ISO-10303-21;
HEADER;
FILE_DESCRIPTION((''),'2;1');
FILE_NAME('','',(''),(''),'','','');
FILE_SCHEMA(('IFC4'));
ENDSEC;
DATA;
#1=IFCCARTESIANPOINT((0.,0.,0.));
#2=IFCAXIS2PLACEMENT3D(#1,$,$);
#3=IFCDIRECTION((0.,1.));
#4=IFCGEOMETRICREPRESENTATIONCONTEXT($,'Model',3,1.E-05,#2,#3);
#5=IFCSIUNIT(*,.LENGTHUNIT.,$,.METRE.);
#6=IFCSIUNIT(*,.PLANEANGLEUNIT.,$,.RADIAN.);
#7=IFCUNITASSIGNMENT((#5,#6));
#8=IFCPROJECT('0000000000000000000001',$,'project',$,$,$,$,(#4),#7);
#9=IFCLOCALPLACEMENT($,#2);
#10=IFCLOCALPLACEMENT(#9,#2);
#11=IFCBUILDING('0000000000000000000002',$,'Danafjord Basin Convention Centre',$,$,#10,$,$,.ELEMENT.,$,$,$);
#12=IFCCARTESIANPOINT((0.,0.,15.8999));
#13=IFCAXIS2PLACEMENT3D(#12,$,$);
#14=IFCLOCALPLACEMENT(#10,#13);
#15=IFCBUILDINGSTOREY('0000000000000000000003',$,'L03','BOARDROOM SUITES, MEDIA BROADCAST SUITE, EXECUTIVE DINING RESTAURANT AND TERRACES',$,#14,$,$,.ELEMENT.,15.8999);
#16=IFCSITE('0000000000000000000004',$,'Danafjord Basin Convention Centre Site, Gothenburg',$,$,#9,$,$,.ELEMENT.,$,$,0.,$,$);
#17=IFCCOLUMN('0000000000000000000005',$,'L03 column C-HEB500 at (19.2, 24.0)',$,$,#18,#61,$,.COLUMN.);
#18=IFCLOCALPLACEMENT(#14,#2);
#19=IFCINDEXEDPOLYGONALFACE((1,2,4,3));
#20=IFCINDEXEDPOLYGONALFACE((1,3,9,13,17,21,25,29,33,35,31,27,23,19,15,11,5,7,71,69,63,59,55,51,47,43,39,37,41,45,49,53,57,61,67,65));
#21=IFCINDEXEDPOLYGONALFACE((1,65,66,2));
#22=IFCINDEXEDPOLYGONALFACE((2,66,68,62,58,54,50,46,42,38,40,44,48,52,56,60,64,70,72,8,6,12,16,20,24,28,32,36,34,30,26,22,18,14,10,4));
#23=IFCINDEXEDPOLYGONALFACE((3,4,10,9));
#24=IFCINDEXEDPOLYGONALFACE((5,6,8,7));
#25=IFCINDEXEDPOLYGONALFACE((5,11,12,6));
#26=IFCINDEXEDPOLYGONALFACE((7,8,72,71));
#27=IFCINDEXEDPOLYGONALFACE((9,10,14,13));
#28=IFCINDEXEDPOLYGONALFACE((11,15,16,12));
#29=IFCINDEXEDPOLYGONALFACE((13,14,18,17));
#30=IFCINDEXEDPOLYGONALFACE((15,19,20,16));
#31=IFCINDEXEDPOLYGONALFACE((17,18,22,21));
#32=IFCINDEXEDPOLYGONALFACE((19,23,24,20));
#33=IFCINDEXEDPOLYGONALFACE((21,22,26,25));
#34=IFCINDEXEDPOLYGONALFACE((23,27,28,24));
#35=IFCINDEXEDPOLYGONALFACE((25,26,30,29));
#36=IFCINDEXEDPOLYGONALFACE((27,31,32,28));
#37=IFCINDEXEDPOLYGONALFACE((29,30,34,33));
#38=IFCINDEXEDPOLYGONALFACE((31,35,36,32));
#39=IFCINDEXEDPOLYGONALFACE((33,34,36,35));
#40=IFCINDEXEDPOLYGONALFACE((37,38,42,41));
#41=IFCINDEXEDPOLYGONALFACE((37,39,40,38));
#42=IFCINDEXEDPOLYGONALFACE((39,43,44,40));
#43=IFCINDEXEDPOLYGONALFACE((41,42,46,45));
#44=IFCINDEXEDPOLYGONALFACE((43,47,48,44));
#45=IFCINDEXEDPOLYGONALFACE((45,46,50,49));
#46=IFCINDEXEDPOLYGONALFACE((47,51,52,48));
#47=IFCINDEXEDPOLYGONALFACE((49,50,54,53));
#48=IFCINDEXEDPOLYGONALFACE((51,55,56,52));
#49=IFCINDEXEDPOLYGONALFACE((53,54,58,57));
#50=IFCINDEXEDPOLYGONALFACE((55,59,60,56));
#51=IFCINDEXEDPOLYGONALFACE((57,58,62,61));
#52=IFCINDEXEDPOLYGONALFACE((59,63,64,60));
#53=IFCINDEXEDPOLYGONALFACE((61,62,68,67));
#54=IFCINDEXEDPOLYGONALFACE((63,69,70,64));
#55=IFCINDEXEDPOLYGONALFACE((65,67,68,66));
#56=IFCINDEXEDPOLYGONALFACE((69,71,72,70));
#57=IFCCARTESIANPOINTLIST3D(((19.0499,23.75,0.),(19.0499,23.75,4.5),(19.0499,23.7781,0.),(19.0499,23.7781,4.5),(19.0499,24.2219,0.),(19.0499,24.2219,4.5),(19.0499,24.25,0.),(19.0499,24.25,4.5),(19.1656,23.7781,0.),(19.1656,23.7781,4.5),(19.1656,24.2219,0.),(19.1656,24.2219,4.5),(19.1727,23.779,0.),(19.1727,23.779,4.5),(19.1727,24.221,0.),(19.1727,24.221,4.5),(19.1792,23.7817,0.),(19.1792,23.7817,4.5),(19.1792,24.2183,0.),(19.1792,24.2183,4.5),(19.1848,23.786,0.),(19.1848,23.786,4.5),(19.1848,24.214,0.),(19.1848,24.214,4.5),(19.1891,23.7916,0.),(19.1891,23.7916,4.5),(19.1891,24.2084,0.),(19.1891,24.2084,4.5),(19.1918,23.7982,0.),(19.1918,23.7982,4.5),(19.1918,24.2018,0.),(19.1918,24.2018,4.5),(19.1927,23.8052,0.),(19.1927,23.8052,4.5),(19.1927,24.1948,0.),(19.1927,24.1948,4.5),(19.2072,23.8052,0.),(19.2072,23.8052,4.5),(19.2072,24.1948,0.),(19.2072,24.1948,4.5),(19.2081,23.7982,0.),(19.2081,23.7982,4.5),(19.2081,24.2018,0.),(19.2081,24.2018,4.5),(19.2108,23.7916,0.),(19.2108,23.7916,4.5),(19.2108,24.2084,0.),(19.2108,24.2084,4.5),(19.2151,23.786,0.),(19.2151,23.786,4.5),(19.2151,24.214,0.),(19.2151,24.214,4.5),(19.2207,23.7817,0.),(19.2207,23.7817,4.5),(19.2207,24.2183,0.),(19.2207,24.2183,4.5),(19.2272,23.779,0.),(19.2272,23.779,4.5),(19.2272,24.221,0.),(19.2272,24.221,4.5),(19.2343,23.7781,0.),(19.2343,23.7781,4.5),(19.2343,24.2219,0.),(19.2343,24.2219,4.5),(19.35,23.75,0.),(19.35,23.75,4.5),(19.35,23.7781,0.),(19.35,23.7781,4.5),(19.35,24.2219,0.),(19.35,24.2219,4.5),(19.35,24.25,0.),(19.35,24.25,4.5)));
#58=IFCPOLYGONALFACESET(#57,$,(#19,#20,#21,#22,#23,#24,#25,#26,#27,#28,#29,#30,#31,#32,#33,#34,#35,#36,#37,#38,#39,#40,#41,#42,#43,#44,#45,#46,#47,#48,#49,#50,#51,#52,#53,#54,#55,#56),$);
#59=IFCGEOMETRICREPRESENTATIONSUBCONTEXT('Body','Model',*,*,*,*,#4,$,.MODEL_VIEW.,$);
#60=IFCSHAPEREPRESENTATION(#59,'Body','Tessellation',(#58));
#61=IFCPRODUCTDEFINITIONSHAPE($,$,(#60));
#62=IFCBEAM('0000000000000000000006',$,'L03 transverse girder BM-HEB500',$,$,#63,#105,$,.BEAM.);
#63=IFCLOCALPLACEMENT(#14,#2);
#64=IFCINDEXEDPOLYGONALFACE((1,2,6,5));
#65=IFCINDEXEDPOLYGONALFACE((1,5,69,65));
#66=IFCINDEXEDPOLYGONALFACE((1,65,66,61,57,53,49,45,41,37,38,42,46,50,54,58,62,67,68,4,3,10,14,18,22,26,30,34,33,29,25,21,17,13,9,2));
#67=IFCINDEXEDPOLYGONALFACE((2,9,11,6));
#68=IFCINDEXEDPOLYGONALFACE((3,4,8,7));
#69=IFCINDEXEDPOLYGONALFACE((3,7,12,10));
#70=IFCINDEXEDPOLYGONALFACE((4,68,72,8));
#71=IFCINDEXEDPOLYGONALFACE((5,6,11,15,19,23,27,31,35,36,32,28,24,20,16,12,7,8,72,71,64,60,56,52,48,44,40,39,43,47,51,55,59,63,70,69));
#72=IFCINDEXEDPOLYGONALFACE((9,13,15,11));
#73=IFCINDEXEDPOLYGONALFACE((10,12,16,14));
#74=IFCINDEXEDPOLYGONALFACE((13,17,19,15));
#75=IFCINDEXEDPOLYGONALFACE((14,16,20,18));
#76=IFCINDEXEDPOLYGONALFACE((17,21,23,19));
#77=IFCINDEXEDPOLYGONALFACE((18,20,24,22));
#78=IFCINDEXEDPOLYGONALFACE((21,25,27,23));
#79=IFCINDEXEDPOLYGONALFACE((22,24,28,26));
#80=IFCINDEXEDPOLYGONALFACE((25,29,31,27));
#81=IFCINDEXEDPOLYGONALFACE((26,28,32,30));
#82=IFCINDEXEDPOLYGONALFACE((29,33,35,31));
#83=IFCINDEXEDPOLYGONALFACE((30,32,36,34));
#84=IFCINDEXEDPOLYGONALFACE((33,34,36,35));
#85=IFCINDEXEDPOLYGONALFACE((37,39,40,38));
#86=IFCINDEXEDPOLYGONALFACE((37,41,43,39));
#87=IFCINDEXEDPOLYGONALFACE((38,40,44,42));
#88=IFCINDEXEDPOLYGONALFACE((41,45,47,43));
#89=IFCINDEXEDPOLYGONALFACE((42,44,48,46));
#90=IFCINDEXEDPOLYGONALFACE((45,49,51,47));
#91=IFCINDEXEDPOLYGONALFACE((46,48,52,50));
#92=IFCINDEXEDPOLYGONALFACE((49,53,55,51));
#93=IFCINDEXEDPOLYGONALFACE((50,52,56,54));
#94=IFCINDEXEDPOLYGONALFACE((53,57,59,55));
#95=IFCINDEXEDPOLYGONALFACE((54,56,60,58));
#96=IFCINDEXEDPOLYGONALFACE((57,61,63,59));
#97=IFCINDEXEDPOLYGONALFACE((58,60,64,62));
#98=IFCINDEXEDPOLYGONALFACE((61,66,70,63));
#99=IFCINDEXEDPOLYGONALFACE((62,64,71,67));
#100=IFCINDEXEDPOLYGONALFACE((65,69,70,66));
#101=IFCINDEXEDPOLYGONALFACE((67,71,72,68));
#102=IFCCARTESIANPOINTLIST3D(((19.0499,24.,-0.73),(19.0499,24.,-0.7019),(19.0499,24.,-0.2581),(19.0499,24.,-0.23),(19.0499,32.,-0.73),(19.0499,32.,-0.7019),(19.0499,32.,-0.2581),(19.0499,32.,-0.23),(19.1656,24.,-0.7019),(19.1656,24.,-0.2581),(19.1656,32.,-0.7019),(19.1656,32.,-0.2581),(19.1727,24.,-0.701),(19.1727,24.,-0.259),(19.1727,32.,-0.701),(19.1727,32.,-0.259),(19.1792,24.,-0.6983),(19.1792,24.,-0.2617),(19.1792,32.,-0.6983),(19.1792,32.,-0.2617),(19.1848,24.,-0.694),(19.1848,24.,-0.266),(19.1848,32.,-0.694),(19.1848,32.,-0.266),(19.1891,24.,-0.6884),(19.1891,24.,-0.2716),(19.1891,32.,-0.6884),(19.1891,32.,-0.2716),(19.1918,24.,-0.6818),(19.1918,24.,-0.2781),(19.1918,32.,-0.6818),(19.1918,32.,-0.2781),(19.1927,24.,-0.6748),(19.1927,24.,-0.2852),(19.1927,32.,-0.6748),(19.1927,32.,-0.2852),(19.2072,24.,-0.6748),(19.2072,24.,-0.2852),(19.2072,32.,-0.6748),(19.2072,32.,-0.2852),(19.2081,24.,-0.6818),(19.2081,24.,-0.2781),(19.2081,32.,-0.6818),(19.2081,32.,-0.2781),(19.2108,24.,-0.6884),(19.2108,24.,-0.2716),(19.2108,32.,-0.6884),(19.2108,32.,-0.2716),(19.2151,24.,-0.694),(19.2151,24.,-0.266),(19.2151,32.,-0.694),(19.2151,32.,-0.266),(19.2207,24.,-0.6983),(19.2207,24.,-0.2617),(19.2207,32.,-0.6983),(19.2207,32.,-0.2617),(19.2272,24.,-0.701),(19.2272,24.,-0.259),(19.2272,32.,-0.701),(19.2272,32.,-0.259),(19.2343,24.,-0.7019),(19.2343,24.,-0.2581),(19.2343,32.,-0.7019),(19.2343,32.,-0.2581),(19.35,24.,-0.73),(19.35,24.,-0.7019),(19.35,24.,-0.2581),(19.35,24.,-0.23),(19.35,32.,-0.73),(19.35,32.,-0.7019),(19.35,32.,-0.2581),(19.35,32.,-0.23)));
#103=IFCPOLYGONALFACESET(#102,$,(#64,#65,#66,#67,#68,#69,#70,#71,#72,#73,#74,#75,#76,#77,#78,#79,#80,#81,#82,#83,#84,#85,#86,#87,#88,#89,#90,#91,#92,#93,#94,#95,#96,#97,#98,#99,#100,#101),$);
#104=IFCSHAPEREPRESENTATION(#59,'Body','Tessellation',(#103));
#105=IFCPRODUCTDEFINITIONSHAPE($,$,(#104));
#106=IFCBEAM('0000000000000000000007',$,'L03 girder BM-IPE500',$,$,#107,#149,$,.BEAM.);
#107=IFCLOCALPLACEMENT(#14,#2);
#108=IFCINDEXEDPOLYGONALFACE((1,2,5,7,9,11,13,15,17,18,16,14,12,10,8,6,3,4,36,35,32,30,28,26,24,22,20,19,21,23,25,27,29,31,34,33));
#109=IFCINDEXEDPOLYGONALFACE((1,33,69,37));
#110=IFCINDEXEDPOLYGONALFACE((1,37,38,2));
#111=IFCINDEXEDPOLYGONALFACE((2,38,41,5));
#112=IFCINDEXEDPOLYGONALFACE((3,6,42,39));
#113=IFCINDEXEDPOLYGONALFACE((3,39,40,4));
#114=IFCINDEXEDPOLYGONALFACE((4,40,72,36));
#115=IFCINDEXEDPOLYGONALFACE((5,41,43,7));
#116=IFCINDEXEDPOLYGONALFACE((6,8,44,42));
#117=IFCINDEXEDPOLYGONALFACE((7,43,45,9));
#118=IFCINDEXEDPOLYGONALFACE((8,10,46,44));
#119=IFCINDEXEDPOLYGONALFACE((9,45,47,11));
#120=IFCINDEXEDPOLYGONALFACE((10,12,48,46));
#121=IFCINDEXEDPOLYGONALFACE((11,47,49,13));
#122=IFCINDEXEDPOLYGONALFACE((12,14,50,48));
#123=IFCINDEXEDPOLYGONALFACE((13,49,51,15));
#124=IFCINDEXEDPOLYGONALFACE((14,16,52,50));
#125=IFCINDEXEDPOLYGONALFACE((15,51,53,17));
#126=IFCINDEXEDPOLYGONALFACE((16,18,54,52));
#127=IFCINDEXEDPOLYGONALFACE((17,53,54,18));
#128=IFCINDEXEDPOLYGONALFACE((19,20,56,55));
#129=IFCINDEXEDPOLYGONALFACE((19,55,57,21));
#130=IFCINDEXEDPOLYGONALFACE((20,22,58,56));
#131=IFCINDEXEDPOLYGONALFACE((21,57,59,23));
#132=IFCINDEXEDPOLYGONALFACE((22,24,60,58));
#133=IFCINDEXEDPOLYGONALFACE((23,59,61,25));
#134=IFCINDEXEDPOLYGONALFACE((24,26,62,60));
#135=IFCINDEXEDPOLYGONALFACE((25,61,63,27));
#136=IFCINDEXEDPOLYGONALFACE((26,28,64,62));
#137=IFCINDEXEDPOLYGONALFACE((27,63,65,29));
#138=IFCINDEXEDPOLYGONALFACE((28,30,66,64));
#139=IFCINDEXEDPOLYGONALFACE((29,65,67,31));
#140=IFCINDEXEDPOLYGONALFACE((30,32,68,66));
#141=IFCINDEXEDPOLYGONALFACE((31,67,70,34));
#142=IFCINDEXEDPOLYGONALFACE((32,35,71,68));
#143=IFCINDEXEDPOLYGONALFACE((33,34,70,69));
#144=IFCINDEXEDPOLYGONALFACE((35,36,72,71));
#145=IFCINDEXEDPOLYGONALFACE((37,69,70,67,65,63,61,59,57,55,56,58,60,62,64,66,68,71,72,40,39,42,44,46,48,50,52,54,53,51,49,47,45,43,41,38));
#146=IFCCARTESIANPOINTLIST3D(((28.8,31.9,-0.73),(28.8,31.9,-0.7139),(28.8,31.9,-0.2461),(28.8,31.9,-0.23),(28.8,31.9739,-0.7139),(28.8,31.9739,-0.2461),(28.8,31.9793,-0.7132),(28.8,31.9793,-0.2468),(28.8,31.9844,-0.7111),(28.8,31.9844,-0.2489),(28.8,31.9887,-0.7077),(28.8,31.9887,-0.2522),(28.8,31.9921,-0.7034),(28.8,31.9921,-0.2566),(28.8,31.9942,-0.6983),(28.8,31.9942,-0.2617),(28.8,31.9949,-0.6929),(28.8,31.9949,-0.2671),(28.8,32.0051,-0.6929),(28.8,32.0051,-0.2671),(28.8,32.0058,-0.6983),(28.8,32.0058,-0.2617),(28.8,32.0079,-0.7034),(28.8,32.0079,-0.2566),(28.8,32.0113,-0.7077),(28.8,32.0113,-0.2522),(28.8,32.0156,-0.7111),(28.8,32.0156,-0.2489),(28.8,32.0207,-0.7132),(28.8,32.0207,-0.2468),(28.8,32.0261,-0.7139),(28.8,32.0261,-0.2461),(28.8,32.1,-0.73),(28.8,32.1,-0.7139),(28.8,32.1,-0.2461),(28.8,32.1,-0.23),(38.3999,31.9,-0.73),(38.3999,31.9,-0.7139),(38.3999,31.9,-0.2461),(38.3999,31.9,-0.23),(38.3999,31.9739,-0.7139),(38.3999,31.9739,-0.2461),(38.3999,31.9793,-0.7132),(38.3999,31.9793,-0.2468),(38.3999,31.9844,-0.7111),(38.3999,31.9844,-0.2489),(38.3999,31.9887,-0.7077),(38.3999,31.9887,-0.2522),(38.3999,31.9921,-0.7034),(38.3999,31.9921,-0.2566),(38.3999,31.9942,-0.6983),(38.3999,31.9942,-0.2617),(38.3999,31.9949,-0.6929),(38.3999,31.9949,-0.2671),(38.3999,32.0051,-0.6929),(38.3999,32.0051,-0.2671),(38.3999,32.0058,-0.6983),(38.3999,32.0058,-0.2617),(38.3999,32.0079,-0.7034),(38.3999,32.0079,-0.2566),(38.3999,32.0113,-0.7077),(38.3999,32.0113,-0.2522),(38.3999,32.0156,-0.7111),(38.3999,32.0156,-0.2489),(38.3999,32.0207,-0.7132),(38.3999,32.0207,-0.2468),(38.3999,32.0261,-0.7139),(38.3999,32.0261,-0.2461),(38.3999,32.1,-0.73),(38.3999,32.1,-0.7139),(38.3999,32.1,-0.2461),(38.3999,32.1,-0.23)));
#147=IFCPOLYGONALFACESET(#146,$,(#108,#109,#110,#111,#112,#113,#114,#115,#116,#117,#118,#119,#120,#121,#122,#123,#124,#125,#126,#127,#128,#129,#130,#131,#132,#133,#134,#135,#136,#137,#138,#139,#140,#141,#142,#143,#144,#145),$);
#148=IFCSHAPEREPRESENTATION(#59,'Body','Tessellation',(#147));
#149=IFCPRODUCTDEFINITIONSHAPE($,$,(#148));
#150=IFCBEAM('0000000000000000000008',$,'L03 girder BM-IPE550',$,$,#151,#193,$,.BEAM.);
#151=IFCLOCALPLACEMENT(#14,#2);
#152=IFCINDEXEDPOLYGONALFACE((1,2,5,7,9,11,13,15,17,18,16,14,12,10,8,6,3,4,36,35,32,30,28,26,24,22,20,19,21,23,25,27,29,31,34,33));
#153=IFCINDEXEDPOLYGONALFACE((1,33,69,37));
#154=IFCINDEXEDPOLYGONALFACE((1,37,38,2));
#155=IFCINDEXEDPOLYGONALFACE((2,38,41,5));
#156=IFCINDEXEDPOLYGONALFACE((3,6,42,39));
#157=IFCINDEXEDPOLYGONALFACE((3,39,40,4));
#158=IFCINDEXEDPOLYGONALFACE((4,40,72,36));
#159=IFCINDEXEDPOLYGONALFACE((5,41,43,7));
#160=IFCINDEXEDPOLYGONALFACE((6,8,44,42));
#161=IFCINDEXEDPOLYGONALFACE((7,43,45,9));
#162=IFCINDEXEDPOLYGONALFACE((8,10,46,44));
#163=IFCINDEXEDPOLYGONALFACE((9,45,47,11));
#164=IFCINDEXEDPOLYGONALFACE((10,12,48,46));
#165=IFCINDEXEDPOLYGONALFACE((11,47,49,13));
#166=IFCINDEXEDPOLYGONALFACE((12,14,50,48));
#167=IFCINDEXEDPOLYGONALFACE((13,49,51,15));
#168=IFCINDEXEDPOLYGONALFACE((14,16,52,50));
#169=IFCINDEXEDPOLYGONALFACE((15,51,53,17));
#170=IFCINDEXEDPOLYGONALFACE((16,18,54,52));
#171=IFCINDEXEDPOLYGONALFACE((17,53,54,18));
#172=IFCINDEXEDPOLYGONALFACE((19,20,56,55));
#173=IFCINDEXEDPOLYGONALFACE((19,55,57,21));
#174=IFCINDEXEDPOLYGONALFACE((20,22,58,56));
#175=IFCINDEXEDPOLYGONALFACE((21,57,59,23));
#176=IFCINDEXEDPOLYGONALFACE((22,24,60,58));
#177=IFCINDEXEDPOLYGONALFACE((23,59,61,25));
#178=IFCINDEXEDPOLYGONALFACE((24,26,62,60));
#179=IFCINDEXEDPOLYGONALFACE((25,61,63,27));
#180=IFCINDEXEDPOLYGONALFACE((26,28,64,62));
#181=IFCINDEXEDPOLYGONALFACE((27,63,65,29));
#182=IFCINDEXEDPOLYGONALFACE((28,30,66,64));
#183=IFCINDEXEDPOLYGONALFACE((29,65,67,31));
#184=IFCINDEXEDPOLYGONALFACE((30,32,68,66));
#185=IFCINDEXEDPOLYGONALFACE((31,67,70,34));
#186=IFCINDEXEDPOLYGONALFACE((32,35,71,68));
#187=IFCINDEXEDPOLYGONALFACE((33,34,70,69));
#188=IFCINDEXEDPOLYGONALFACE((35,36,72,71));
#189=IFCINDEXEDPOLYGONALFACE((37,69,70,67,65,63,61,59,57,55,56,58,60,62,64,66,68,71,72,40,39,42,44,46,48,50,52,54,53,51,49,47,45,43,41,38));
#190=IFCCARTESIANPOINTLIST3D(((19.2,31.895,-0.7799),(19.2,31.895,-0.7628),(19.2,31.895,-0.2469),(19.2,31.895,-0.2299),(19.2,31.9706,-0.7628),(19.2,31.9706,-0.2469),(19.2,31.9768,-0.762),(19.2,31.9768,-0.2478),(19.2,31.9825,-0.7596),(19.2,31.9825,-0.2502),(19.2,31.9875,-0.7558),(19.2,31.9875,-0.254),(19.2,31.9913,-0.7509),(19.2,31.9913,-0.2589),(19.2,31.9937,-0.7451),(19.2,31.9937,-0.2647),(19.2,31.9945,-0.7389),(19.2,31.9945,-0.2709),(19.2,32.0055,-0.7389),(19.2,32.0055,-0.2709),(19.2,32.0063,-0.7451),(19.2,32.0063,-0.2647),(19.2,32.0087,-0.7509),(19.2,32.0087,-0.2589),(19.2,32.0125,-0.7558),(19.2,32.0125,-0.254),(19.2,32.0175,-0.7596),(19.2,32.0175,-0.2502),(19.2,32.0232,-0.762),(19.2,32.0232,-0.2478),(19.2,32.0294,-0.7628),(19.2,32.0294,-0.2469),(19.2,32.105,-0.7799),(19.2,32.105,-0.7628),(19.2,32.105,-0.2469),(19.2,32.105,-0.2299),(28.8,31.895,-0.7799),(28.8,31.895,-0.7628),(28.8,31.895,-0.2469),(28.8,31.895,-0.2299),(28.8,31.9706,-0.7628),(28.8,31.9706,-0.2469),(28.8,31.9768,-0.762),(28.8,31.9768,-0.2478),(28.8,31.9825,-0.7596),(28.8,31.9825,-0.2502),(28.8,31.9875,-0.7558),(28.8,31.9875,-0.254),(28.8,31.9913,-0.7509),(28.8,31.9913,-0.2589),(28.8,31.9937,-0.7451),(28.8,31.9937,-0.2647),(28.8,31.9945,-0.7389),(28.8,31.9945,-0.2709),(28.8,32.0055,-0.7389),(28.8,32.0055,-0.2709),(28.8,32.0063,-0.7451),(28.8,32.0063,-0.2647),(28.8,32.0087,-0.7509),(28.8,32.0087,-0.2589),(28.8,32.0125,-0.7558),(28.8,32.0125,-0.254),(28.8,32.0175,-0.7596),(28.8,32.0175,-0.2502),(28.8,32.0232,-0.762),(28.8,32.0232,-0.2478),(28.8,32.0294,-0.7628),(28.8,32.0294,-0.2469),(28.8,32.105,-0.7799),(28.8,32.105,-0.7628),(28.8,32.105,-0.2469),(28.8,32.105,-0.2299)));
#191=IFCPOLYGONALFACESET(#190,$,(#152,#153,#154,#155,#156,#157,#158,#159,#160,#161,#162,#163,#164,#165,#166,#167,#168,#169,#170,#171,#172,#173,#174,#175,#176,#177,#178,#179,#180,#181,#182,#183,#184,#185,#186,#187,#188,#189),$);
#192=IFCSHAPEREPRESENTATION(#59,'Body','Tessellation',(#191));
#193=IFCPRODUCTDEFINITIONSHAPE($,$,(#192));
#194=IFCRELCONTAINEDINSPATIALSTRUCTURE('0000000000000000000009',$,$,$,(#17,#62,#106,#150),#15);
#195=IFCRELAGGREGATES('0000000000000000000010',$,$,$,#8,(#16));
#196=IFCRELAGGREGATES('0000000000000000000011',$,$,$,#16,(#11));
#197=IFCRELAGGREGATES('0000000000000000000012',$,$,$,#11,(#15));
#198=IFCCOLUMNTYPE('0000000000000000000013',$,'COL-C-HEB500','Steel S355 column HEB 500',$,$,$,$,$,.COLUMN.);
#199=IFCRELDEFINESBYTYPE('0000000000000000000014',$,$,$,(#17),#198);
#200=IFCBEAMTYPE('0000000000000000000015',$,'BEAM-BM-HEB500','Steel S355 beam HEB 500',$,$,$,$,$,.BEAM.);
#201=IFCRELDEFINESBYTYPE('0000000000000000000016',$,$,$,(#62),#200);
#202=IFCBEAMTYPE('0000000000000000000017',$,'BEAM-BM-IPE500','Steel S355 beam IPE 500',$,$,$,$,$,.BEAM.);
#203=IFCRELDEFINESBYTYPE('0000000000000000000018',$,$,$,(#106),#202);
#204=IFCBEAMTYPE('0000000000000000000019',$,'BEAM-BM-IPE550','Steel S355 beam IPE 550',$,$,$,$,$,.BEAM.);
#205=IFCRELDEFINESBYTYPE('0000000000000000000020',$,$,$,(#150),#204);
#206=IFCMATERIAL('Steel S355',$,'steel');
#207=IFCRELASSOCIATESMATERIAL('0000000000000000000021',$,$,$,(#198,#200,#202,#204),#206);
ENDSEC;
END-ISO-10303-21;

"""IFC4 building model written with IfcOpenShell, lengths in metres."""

from ifc_helpers import new_model, si_unit, direction, frame, origin, origin_2d, place, context, subcontext, project, spatial, i_section, extrude, material, material_profile, profile_set, type_object, element, save


model = new_model("IFC4")

# Units and contexts
model_context = context("Model", 3, precision=1e-05, world=origin(), true_north=direction((0.0, 1.0)))
body_context = subcontext(model_context, "Body", "Model", "MODEL_VIEW")
ifc_project = project(units=[si_unit("LENGTHUNIT", "METRE"), si_unit("PLANEANGLEUNIT", "RADIAN")], contexts=[model_context])

# Site, building, storey
site_placement = place(None, origin())
site = spatial("IfcSite", under=ifc_project, at=site_placement, Name="Danafjord Basin Convention Centre Site, Gothenburg", CompositionType="ELEMENT", RefElevation=0.0)
building_placement = place(site_placement, origin())
building = spatial("IfcBuilding", under=site, at=building_placement, Name="Danafjord Basin Convention Centre", CompositionType="ELEMENT")
storey_placement = place(building_placement, frame((0.0, 0.0, 15.8999)))
storey = spatial("IfcBuildingStorey", under=building, at=storey_placement, Name="L03", Description="BOARDROOM SUITES, MEDIA BROADCAST SUITE, EXECUTIVE DINING RESTAURANT AND TERRACES", CompositionType="ELEMENT", Elevation=15.8999)

# Column
ifc_material_1 = material(Name="Steel S355", Category="steel")
ifc_material_profile_1 = material_profile(ifc_material_1, i_section(OverallWidth=0.3, OverallDepth=0.5, WebThickness=0.0144, FlangeThickness=0.0281, FilletRadius=0.0271, at=origin_2d()), Name="HEB 500")
ifc_profile_set_1 = profile_set([ifc_material_profile_1], Name="Steel S355")
column_type_1 = type_object("IfcColumnType", Name="COL-C-HEB500", Description="Steel S355 column HEB 500", PredefinedType="COLUMN", material=ifc_profile_set_1)
column_1_placement = place(storey_placement, frame((19.2, 24.0, 0.0), z_axis=(0.0, 0.0, 1.0), x_axis=(1.0, 0.0, 0.0)))
element("IfcColumn", 1, at=column_1_placement, inside=storey, type_object=column_type_1, Name="L03 column C-HEB500 at (19.2, 24.0)", PredefinedType="COLUMN", context=body_context, shape_type="SweptSolid", body=[
    extrude(i_section(OverallWidth=0.3, OverallDepth=0.5, WebThickness=0.0144, FlangeThickness=0.0281, FilletRadius=0.0271, at=origin_2d()), origin(), (0.0, 0.0, 1.0), 4.5),
])

# Beams
ifc_material_profile_2 = material_profile(ifc_material_1, i_section(OverallWidth=0.3, OverallDepth=0.5, WebThickness=0.0144, FlangeThickness=0.0281, FilletRadius=0.0271, at=origin_2d()), Name="HEB 500")
ifc_profile_set_2 = profile_set([ifc_material_profile_2], Name="Steel S355")
beam_type_1 = type_object("IfcBeamType", Name="BEAM-BM-HEB500", Description="Steel S355 beam HEB 500", PredefinedType="BEAM", material=ifc_profile_set_2)
beam_1_placement = place(storey_placement, frame((19.2, 24.0, -0.48), z_axis=(0.0, 1.0, 0.0), x_axis=(-1.0, 0.0, 0.0)))
element("IfcBeam", 2, at=beam_1_placement, inside=storey, type_object=beam_type_1, Name="L03 transverse girder BM-HEB500", PredefinedType="BEAM", context=body_context, shape_type="SweptSolid", body=[
    extrude(i_section(OverallWidth=0.3, OverallDepth=0.5, WebThickness=0.0144, FlangeThickness=0.0281, FilletRadius=0.0271, at=origin_2d()), origin(), (0.0, 0.0, 1.0), 8.0),
])
ifc_material_profile_3 = material_profile(ifc_material_1, i_section(OverallWidth=0.2, OverallDepth=0.5, WebThickness=0.0103, FlangeThickness=0.0161, FilletRadius=0.021, at=origin_2d()), Name="IPE 500")
ifc_profile_set_3 = profile_set([ifc_material_profile_3], Name="Steel S355")
beam_type_2 = type_object("IfcBeamType", Name="BEAM-BM-IPE500", Description="Steel S355 beam IPE 500", PredefinedType="BEAM", material=ifc_profile_set_3)
beam_2_placement = place(storey_placement, frame((28.8, 32.0, -0.48), z_axis=(1.0, 0.0, 0.0), x_axis=(0.0, 1.0, 0.0)))
element("IfcBeam", 3, at=beam_2_placement, inside=storey, type_object=beam_type_2, Name="L03 girder BM-IPE500", PredefinedType="BEAM", context=body_context, shape_type="SweptSolid", body=[
    extrude(i_section(OverallWidth=0.2, OverallDepth=0.5, WebThickness=0.0103, FlangeThickness=0.0161, FilletRadius=0.021, at=origin_2d()), origin(), (0.0, 0.0, 1.0), 9.5999),
])
ifc_material_profile_4 = material_profile(ifc_material_1, i_section(OverallWidth=0.21, OverallDepth=0.55, WebThickness=0.011, FlangeThickness=0.0171, FilletRadius=0.0239, at=origin_2d()), Name="IPE 550")
ifc_profile_set_4 = profile_set([ifc_material_profile_4], Name="Steel S355")
beam_type_3 = type_object("IfcBeamType", Name="BEAM-BM-IPE550", Description="Steel S355 beam IPE 550", PredefinedType="BEAM", material=ifc_profile_set_4)
beam_3_placement = place(storey_placement, frame((19.2, 32.0, -0.5049), z_axis=(1.0, 0.0, 0.0), x_axis=(0.0, 1.0, 0.0)))
element("IfcBeam", 4, at=beam_3_placement, inside=storey, type_object=beam_type_3, Name="L03 girder BM-IPE550", PredefinedType="BEAM", context=body_context, shape_type="SweptSolid", body=[
    extrude(i_section(OverallWidth=0.21, OverallDepth=0.55, WebThickness=0.011, FlangeThickness=0.0171, FilletRadius=0.0239, at=origin_2d()), origin(), (0.0, 0.0, 1.0), 9.6001),
])

save(model, "model.ifc")
